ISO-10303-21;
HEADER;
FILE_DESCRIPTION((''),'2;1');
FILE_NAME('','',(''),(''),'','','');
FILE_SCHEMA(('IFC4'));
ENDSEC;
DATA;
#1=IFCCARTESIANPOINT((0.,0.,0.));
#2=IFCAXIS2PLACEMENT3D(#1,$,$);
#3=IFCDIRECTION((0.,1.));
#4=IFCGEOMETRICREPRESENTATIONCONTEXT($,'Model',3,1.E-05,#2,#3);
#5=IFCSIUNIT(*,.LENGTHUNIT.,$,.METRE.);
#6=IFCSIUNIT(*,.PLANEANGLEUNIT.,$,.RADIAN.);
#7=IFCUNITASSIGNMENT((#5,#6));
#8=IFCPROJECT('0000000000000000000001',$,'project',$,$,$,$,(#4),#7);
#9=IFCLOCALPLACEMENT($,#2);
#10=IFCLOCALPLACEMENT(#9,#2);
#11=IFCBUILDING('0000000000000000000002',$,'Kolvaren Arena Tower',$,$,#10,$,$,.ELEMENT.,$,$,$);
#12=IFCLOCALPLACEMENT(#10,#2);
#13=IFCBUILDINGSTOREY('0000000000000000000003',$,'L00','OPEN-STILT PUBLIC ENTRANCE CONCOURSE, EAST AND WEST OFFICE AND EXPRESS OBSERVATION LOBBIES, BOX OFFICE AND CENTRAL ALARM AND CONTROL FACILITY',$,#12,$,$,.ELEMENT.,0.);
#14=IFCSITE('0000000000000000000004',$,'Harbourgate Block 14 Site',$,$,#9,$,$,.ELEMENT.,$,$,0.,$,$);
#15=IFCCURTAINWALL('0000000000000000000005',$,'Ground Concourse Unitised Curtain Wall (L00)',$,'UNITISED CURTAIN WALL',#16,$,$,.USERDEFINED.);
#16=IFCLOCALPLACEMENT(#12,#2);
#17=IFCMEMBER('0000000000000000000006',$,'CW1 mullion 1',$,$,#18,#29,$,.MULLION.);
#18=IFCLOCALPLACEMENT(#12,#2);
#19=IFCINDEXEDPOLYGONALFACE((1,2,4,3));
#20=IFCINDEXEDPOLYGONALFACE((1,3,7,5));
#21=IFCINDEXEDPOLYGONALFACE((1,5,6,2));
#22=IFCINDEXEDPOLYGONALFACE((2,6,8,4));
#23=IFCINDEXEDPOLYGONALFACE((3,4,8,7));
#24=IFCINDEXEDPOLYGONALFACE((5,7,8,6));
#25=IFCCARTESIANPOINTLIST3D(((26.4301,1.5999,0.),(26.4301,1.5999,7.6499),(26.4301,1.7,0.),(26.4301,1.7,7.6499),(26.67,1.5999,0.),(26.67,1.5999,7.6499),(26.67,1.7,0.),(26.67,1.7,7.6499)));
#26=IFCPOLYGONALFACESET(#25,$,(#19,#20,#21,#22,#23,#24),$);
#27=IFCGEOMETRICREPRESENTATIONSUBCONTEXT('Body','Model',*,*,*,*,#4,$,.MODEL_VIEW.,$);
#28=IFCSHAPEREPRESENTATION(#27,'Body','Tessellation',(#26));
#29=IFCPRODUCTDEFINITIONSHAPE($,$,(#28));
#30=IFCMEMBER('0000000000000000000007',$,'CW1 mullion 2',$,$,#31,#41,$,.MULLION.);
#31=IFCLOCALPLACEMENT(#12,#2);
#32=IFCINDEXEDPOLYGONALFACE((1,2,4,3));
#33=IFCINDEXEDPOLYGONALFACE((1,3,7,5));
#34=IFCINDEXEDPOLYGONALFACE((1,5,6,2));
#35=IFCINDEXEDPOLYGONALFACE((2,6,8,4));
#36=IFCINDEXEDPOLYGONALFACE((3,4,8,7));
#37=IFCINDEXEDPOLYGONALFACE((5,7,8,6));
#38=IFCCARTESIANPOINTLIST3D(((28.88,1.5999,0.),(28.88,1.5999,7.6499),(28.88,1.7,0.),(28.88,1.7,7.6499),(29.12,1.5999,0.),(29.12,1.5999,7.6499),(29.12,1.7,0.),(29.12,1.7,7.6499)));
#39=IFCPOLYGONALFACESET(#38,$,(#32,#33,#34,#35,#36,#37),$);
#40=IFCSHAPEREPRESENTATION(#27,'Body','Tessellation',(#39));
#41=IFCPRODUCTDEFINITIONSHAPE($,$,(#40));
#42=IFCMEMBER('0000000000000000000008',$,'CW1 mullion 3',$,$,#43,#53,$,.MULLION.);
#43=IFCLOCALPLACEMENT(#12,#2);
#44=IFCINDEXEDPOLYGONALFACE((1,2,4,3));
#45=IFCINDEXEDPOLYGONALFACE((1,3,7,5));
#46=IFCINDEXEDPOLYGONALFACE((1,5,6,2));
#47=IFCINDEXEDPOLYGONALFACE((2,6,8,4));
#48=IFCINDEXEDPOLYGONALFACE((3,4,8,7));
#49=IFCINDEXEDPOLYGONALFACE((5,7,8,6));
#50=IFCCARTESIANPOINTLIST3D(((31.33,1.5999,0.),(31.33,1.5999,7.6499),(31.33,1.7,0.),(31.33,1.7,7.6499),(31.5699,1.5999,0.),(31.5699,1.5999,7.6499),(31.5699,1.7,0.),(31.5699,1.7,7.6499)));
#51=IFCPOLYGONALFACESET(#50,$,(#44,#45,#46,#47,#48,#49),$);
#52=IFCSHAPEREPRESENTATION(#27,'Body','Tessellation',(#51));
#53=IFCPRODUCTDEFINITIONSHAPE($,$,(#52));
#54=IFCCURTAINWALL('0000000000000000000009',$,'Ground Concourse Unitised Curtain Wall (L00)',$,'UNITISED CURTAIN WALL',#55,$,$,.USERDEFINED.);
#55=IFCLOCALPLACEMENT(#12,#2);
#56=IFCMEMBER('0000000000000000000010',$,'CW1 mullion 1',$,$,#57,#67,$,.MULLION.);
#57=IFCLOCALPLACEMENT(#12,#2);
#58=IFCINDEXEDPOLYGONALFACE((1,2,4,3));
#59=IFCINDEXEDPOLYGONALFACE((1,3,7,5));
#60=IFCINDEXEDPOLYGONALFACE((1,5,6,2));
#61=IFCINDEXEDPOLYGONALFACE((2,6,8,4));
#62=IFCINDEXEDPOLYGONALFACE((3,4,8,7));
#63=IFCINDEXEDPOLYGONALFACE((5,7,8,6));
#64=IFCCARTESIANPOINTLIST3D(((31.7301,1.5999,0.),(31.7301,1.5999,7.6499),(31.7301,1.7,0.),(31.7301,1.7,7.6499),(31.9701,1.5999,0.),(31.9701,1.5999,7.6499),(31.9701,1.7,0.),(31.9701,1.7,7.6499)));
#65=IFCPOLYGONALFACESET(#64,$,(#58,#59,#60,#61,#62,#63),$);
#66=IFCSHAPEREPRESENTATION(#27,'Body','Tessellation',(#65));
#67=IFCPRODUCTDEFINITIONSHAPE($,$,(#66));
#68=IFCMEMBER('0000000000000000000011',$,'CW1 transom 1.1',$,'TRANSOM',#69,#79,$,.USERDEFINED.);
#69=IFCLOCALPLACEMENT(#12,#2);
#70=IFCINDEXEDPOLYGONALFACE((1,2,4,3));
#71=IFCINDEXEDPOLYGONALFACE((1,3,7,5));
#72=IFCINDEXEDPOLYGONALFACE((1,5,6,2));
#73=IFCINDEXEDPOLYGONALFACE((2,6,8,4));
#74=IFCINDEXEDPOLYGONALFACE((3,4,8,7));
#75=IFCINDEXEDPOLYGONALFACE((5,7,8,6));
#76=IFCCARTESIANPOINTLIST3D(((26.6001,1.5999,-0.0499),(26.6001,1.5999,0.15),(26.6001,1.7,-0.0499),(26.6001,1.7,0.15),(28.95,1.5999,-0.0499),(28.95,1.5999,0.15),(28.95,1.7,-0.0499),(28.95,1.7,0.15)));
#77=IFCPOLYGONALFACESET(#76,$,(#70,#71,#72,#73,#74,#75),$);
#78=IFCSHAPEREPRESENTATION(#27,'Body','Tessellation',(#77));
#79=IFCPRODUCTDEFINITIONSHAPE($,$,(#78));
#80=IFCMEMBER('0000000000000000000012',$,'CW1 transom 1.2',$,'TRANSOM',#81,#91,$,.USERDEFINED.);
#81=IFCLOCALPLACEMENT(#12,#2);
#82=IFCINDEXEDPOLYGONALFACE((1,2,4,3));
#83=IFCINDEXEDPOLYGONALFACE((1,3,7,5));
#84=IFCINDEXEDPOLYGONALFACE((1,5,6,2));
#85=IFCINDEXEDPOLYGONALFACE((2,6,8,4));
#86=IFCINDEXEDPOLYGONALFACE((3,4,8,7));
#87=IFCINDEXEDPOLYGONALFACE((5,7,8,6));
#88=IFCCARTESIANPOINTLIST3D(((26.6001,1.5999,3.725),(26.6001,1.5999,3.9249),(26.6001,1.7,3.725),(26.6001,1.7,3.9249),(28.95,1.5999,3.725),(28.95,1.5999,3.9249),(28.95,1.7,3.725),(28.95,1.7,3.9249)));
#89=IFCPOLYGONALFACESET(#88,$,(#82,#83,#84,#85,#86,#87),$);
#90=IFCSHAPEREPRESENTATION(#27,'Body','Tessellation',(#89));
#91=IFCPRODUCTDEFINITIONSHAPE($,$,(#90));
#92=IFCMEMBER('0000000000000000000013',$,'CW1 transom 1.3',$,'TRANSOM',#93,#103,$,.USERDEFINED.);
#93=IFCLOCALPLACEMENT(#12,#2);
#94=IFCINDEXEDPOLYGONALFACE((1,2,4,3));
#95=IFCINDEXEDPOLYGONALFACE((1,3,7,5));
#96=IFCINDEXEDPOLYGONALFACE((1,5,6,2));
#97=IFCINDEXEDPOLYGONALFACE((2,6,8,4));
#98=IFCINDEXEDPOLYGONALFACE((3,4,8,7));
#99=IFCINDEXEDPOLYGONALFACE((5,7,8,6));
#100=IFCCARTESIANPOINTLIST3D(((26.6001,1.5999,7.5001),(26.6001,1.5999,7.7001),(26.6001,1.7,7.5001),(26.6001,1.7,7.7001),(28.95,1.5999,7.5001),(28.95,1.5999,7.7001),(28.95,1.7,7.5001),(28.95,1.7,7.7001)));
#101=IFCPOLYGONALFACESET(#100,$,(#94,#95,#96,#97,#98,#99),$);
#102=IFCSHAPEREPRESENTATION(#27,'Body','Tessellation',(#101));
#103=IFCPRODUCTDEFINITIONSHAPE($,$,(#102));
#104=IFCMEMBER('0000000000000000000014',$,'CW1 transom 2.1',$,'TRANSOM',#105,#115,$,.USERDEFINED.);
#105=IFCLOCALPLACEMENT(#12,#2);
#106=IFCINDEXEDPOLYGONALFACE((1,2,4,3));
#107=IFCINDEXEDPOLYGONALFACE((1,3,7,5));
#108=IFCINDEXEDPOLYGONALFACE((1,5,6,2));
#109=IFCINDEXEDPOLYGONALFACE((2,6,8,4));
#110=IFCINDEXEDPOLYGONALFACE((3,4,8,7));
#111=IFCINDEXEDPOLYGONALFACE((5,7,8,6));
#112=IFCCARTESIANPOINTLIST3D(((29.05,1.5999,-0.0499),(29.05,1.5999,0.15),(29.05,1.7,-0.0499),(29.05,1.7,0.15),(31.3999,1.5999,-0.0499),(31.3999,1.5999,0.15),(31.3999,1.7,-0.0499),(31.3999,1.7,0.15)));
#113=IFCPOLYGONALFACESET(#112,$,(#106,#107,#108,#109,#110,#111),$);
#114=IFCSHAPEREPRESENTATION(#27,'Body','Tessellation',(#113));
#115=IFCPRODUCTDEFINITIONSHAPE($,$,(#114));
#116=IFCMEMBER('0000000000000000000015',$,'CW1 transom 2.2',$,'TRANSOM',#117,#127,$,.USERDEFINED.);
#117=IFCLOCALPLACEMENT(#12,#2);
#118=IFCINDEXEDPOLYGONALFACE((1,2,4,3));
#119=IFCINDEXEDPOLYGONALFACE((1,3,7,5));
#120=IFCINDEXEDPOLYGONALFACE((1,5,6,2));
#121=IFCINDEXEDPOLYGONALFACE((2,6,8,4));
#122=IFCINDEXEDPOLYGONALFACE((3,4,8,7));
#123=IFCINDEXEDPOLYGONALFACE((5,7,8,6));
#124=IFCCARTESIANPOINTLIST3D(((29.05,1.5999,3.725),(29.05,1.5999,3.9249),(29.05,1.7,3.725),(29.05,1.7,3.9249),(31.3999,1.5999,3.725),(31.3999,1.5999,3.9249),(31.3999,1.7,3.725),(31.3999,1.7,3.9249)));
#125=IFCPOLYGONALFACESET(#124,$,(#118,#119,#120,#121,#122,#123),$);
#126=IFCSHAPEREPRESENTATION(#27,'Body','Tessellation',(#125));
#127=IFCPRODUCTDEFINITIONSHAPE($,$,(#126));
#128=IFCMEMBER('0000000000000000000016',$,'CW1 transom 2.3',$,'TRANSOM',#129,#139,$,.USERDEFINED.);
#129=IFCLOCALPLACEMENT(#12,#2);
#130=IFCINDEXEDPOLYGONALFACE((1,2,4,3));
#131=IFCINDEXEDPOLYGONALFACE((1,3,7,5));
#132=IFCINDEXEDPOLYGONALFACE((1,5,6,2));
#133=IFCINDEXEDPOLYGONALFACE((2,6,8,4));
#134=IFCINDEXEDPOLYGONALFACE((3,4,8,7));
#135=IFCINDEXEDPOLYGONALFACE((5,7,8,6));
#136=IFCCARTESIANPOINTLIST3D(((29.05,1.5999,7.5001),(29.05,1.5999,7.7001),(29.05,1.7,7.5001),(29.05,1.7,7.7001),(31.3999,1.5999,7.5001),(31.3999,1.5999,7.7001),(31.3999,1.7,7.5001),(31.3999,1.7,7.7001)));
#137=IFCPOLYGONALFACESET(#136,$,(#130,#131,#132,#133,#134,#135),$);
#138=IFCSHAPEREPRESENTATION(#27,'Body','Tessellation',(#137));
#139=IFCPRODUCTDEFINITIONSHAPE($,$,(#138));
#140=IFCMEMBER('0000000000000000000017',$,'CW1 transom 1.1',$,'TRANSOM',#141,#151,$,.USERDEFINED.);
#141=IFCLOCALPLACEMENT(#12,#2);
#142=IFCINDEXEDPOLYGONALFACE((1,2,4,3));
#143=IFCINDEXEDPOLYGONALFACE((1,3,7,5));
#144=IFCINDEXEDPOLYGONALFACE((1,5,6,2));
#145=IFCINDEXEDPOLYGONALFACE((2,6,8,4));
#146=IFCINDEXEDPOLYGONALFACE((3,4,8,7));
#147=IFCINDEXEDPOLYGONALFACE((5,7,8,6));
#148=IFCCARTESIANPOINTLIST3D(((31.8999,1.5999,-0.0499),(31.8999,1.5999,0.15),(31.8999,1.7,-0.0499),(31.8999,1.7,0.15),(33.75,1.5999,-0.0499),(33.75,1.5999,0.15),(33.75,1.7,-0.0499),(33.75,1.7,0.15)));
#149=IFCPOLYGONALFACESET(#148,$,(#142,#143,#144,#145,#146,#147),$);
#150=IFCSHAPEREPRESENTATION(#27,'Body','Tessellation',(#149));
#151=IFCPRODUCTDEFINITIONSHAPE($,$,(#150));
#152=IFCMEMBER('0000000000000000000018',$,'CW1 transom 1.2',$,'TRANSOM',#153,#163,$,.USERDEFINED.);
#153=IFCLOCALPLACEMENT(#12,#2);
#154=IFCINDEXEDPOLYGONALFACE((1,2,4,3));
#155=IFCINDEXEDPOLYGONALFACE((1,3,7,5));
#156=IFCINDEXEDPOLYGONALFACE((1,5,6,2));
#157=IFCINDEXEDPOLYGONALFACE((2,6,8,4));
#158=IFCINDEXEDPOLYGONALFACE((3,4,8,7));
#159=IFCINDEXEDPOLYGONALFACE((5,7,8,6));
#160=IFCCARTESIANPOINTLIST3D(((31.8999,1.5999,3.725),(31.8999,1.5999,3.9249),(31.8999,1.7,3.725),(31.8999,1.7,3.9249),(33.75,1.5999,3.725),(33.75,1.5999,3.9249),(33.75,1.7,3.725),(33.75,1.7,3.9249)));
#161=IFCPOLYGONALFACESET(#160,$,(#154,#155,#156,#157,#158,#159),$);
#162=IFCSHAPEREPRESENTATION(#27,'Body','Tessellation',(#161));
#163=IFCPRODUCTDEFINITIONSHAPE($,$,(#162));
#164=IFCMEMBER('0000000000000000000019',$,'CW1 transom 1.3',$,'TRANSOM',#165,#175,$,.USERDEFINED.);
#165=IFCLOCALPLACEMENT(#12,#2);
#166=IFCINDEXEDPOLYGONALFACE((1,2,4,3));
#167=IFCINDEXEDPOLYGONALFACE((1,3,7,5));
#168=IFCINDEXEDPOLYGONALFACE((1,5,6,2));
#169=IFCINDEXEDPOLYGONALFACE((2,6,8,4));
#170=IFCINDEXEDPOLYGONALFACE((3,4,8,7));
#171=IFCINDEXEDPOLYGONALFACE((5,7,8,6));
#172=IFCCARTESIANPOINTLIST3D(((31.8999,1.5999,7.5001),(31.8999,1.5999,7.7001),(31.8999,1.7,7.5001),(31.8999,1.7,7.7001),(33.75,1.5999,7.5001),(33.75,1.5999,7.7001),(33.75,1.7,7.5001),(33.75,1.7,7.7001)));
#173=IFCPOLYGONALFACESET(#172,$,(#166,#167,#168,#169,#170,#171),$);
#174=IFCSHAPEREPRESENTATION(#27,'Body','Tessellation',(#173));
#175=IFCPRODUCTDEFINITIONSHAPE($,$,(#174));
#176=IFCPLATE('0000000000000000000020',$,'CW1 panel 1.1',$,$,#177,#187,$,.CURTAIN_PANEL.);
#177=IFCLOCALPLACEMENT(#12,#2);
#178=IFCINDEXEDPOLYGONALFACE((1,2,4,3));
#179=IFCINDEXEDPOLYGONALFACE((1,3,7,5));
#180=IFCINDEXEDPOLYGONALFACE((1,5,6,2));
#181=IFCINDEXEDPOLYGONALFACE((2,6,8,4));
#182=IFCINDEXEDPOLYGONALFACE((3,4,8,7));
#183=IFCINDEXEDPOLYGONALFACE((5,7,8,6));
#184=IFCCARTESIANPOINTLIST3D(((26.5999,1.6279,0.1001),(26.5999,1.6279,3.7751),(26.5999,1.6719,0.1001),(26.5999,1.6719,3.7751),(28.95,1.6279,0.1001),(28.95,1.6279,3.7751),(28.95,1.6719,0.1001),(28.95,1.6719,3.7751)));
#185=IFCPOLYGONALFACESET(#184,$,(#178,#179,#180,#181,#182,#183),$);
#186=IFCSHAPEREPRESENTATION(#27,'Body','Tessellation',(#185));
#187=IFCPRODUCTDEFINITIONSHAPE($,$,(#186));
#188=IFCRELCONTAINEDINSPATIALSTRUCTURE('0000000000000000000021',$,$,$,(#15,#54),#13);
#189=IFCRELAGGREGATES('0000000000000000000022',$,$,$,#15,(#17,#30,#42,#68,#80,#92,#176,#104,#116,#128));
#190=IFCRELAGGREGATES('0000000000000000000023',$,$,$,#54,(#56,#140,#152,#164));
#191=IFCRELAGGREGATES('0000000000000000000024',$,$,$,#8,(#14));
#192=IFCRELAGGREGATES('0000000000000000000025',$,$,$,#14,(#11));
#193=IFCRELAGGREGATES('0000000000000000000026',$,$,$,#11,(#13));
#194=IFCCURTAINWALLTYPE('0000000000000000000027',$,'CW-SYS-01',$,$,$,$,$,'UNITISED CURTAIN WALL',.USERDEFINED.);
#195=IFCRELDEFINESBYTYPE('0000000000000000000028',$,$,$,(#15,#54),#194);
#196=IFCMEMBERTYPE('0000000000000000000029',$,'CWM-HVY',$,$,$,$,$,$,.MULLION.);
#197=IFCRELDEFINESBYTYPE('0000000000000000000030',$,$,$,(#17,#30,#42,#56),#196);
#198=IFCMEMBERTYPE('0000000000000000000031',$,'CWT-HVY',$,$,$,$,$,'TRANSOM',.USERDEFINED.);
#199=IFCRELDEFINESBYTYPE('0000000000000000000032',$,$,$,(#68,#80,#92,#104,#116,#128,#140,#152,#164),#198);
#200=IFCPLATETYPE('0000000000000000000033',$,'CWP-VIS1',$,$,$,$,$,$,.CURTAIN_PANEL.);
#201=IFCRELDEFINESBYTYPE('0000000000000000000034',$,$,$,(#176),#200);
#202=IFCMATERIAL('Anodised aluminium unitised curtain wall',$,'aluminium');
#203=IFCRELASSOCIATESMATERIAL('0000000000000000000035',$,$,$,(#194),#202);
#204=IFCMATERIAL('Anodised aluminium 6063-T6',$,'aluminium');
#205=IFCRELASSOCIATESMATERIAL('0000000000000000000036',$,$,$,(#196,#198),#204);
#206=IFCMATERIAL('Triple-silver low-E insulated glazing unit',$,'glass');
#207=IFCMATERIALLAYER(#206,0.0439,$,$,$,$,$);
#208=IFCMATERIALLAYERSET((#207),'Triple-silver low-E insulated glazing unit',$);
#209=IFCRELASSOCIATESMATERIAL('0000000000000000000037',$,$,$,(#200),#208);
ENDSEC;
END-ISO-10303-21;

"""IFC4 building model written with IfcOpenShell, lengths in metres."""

from ifc_helpers import new_model, si_unit, direction, frame, origin, origin_2d, place, context, subcontext, project, spatial, rectangle, extrude, material, layer, layer_set, material_profile, profile_set, type_object, element, aggregate, save


model = new_model("IFC4")

# Units and contexts
model_context = context("Model", 3, precision=1e-05, world=origin(), true_north=direction((0.0, 1.0)))
body_context = subcontext(model_context, "Body", "Model", "MODEL_VIEW")
ifc_project = project(units=[si_unit("LENGTHUNIT", "METRE"), si_unit("PLANEANGLEUNIT", "RADIAN")], contexts=[model_context])

# Site, building, storey
site_placement = place(None, origin())
site = spatial("IfcSite", under=ifc_project, at=site_placement, Name="Harbourgate Block 14 Site", CompositionType="ELEMENT", RefElevation=0.0)
building_placement = place(site_placement, origin())
building = spatial("IfcBuilding", under=site, at=building_placement, Name="Kolvaren Arena Tower", CompositionType="ELEMENT")
storey_placement = place(building_placement, origin())
storey = spatial("IfcBuildingStorey", under=building, at=storey_placement, Name="L00", Description="OPEN-STILT PUBLIC ENTRANCE CONCOURSE, EAST AND WEST OFFICE AND EXPRESS OBSERVATION LOBBIES, BOX OFFICE AND CENTRAL ALARM AND CONTROL FACILITY", CompositionType="ELEMENT", Elevation=0.0)

# Curtain wall, members
ifc_material_1 = material(Name="Anodised aluminium unitised curtain wall", Category="aluminium")
curtain_wall_type = type_object("IfcCurtainWallType", Name="CW-SYS-01", ElementType="UNITISED CURTAIN WALL", PredefinedType="USERDEFINED", material=ifc_material_1)
curtain_wall_1_placement = place(storey_placement, origin())
curtain_wall_1 = element("IfcCurtainWall", 1, at=curtain_wall_1_placement, inside=storey, type_object=curtain_wall_type, Name="Ground Concourse Unitised Curtain Wall (L00)", ObjectType="UNITISED CURTAIN WALL", PredefinedType="USERDEFINED")
ifc_material_2 = material(Name="Anodised aluminium 6063-T6", Category="aluminium")
ifc_material_profile_1 = material_profile(ifc_material_2, rectangle(XDim=0.1001, YDim=0.24, at=origin_2d()), Name="ALU-100x240")
ifc_profile_set_1 = profile_set([ifc_material_profile_1], Name="Anodised aluminium 6063-T6")
member_type_1 = type_object("IfcMemberType", Name="CWM-HVY", PredefinedType="MULLION", material=ifc_profile_set_1)
member_1_placement = place(storey_placement, frame((26.55, 1.6499, 0.0), z_axis=(0.0, 0.0, 1.0), x_axis=(0.0, 1.0, 0.0)))
member_1 = element("IfcMember", 2, at=member_1_placement, type_object=member_type_1, Name="CW1 mullion 1", PredefinedType="MULLION", context=body_context, shape_type="SweptSolid", body=[
    extrude(rectangle(XDim=0.1001, YDim=0.24, at=origin_2d()), origin(), (0.0, 0.0, 1.0), 7.6499),
])
member_2_placement = place(storey_placement, frame((29.0, 1.6499, 0.0), z_axis=(0.0, 0.0, 1.0), x_axis=(0.0, 1.0, 0.0)))
member_2 = element("IfcMember", 3, at=member_2_placement, type_object=member_type_1, Name="CW1 mullion 2", PredefinedType="MULLION", context=body_context, shape_type="SweptSolid", body=[
    extrude(rectangle(XDim=0.1001, YDim=0.24, at=origin_2d()), origin(), (0.0, 0.0, 1.0), 7.6499),
])
member_3_placement = place(storey_placement, frame((31.45, 1.6499, 0.0), z_axis=(0.0, 0.0, 1.0), x_axis=(0.0, 1.0, 0.0)))
member_3 = element("IfcMember", 4, at=member_3_placement, type_object=member_type_1, Name="CW1 mullion 3", PredefinedType="MULLION", context=body_context, shape_type="SweptSolid", body=[
    extrude(rectangle(XDim=0.1001, YDim=0.24, at=origin_2d()), origin(), (0.0, 0.0, 1.0), 7.6499),
])

# Curtain wall, member
curtain_wall_2_placement = place(storey_placement, origin())
curtain_wall_2 = element("IfcCurtainWall", 5, at=curtain_wall_2_placement, inside=storey, type_object=curtain_wall_type, Name="Ground Concourse Unitised Curtain Wall (L00)", ObjectType="UNITISED CURTAIN WALL", PredefinedType="USERDEFINED")
member_4_placement = place(storey_placement, frame((31.8501, 1.6499, 0.0), z_axis=(0.0, 0.0, 1.0), x_axis=(0.0, 1.0, 0.0)))
member_4 = element("IfcMember", 6, at=member_4_placement, type_object=member_type_1, Name="CW1 mullion 1", PredefinedType="MULLION", context=body_context, shape_type="SweptSolid", body=[
    extrude(rectangle(XDim=0.1001, YDim=0.24, at=origin_2d()), origin(), (0.0, 0.0, 1.0), 7.6499),
])

# Members
ifc_material_profile_2 = material_profile(ifc_material_2, rectangle(XDim=0.1001, YDim=0.2, at=origin_2d()), Name="ALU-100x200")
ifc_profile_set_2 = profile_set([ifc_material_profile_2], Name="Anodised aluminium 6063-T6")
member_type_2 = type_object("IfcMemberType", Name="CWT-HVY", ElementType="TRANSOM", PredefinedType="USERDEFINED", material=ifc_profile_set_2)
member_5_placement = place(storey_placement, frame((26.6001, 1.6499, 0.05), z_axis=(1.0, 0.0, 0.0), x_axis=(0.0, 1.0, 0.0)))
member_5 = element("IfcMember", 7, at=member_5_placement, type_object=member_type_2, Name="CW1 transom 1.1", ObjectType="TRANSOM", PredefinedType="USERDEFINED", context=body_context, shape_type="SweptSolid", body=[
    extrude(rectangle(XDim=0.1001, YDim=0.2, at=origin_2d()), origin(), (0.0, 0.0, 1.0), 2.3499),
])
member_6_placement = place(storey_placement, frame((26.6001, 1.6499, 3.825), z_axis=(1.0, 0.0, 0.0), x_axis=(0.0, 1.0, 0.0)))
member_6 = element("IfcMember", 8, at=member_6_placement, type_object=member_type_2, Name="CW1 transom 1.2", ObjectType="TRANSOM", PredefinedType="USERDEFINED", context=body_context, shape_type="SweptSolid", body=[
    extrude(rectangle(XDim=0.1001, YDim=0.2, at=origin_2d()), origin(), (0.0, 0.0, 1.0), 2.3499),
])
member_7_placement = place(storey_placement, frame((26.6001, 1.6499, 7.6001), z_axis=(1.0, 0.0, 0.0), x_axis=(0.0, 1.0, 0.0)))
member_7 = element("IfcMember", 9, at=member_7_placement, type_object=member_type_2, Name="CW1 transom 1.3", ObjectType="TRANSOM", PredefinedType="USERDEFINED", context=body_context, shape_type="SweptSolid", body=[
    extrude(rectangle(XDim=0.1001, YDim=0.2, at=origin_2d()), origin(), (0.0, 0.0, 1.0), 2.3499),
])
member_8_placement = place(storey_placement, frame((29.05, 1.6499, 0.05), z_axis=(1.0, 0.0, 0.0), x_axis=(0.0, 1.0, 0.0)))
member_8 = element("IfcMember", 10, at=member_8_placement, type_object=member_type_2, Name="CW1 transom 2.1", ObjectType="TRANSOM", PredefinedType="USERDEFINED", context=body_context, shape_type="SweptSolid", body=[
    extrude(rectangle(XDim=0.1001, YDim=0.2, at=origin_2d()), origin(), (0.0, 0.0, 1.0), 2.3499),
])
member_9_placement = place(storey_placement, frame((29.05, 1.6499, 3.825), z_axis=(1.0, 0.0, 0.0), x_axis=(0.0, 1.0, 0.0)))
member_9 = element("IfcMember", 11, at=member_9_placement, type_object=member_type_2, Name="CW1 transom 2.2", ObjectType="TRANSOM", PredefinedType="USERDEFINED", context=body_context, shape_type="SweptSolid", body=[
    extrude(rectangle(XDim=0.1001, YDim=0.2, at=origin_2d()), origin(), (0.0, 0.0, 1.0), 2.3499),
])
member_10_placement = place(storey_placement, frame((29.05, 1.6499, 7.6001), z_axis=(1.0, 0.0, 0.0), x_axis=(0.0, 1.0, 0.0)))
member_10 = element("IfcMember", 12, at=member_10_placement, type_object=member_type_2, Name="CW1 transom 2.3", ObjectType="TRANSOM", PredefinedType="USERDEFINED", context=body_context, shape_type="SweptSolid", body=[
    extrude(rectangle(XDim=0.1001, YDim=0.2, at=origin_2d()), origin(), (0.0, 0.0, 1.0), 2.3499),
])
member_11_placement = place(storey_placement, frame((31.8999, 1.6499, 0.05), z_axis=(1.0, 0.0, 0.0), x_axis=(0.0, 1.0, 0.0)))
member_11 = element("IfcMember", 13, at=member_11_placement, type_object=member_type_2, Name="CW1 transom 1.1", ObjectType="TRANSOM", PredefinedType="USERDEFINED", context=body_context, shape_type="SweptSolid", body=[
    extrude(rectangle(XDim=0.1001, YDim=0.2, at=origin_2d()), origin(), (0.0, 0.0, 1.0), 1.8501),
])
member_12_placement = place(storey_placement, frame((31.8999, 1.6499, 3.825), z_axis=(1.0, 0.0, 0.0), x_axis=(0.0, 1.0, 0.0)))
member_12 = element("IfcMember", 14, at=member_12_placement, type_object=member_type_2, Name="CW1 transom 1.2", ObjectType="TRANSOM", PredefinedType="USERDEFINED", context=body_context, shape_type="SweptSolid", body=[
    extrude(rectangle(XDim=0.1001, YDim=0.2, at=origin_2d()), origin(), (0.0, 0.0, 1.0), 1.8501),
])
member_13_placement = place(storey_placement, frame((31.8999, 1.6499, 7.6001), z_axis=(1.0, 0.0, 0.0), x_axis=(0.0, 1.0, 0.0)))
member_13 = element("IfcMember", 15, at=member_13_placement, type_object=member_type_2, Name="CW1 transom 1.3", ObjectType="TRANSOM", PredefinedType="USERDEFINED", context=body_context, shape_type="SweptSolid", body=[
    extrude(rectangle(XDim=0.1001, YDim=0.2, at=origin_2d()), origin(), (0.0, 0.0, 1.0), 1.8501),
])

# Plate
ifc_material_3 = material(Name="Triple-silver low-E insulated glazing unit", Category="glass")
ifc_layer_1 = layer(ifc_material_3, 0.0439)
ifc_layer_set_1 = layer_set([ifc_layer_1], Name="Triple-silver low-E insulated glazing unit")
plate_type = type_object("IfcPlateType", Name="CWP-VIS1", PredefinedType="CURTAIN_PANEL", material=ifc_layer_set_1)
plate_1_placement = place(storey_placement, frame((27.7749, 1.6499, 0.1001), z_axis=(0.0, 0.0, 1.0), x_axis=(1.0, 0.0, 0.0)))
plate_1 = element("IfcPlate", 16, at=plate_1_placement, type_object=plate_type, Name="CW1 panel 1.1", PredefinedType="CURTAIN_PANEL", context=body_context, shape_type="SweptSolid", body=[
    extrude(rectangle(XDim=2.3501, YDim=0.0439, at=origin_2d()), origin(), (0.0, 0.0, 1.0), 3.675),
])
aggregate(curtain_wall_1, [member_1, member_2, member_3, member_5, member_6, member_7, plate_1, member_8, member_9, member_10])
aggregate(curtain_wall_2, [member_4, member_11, member_12, member_13])

save(model, "model.ifc")
